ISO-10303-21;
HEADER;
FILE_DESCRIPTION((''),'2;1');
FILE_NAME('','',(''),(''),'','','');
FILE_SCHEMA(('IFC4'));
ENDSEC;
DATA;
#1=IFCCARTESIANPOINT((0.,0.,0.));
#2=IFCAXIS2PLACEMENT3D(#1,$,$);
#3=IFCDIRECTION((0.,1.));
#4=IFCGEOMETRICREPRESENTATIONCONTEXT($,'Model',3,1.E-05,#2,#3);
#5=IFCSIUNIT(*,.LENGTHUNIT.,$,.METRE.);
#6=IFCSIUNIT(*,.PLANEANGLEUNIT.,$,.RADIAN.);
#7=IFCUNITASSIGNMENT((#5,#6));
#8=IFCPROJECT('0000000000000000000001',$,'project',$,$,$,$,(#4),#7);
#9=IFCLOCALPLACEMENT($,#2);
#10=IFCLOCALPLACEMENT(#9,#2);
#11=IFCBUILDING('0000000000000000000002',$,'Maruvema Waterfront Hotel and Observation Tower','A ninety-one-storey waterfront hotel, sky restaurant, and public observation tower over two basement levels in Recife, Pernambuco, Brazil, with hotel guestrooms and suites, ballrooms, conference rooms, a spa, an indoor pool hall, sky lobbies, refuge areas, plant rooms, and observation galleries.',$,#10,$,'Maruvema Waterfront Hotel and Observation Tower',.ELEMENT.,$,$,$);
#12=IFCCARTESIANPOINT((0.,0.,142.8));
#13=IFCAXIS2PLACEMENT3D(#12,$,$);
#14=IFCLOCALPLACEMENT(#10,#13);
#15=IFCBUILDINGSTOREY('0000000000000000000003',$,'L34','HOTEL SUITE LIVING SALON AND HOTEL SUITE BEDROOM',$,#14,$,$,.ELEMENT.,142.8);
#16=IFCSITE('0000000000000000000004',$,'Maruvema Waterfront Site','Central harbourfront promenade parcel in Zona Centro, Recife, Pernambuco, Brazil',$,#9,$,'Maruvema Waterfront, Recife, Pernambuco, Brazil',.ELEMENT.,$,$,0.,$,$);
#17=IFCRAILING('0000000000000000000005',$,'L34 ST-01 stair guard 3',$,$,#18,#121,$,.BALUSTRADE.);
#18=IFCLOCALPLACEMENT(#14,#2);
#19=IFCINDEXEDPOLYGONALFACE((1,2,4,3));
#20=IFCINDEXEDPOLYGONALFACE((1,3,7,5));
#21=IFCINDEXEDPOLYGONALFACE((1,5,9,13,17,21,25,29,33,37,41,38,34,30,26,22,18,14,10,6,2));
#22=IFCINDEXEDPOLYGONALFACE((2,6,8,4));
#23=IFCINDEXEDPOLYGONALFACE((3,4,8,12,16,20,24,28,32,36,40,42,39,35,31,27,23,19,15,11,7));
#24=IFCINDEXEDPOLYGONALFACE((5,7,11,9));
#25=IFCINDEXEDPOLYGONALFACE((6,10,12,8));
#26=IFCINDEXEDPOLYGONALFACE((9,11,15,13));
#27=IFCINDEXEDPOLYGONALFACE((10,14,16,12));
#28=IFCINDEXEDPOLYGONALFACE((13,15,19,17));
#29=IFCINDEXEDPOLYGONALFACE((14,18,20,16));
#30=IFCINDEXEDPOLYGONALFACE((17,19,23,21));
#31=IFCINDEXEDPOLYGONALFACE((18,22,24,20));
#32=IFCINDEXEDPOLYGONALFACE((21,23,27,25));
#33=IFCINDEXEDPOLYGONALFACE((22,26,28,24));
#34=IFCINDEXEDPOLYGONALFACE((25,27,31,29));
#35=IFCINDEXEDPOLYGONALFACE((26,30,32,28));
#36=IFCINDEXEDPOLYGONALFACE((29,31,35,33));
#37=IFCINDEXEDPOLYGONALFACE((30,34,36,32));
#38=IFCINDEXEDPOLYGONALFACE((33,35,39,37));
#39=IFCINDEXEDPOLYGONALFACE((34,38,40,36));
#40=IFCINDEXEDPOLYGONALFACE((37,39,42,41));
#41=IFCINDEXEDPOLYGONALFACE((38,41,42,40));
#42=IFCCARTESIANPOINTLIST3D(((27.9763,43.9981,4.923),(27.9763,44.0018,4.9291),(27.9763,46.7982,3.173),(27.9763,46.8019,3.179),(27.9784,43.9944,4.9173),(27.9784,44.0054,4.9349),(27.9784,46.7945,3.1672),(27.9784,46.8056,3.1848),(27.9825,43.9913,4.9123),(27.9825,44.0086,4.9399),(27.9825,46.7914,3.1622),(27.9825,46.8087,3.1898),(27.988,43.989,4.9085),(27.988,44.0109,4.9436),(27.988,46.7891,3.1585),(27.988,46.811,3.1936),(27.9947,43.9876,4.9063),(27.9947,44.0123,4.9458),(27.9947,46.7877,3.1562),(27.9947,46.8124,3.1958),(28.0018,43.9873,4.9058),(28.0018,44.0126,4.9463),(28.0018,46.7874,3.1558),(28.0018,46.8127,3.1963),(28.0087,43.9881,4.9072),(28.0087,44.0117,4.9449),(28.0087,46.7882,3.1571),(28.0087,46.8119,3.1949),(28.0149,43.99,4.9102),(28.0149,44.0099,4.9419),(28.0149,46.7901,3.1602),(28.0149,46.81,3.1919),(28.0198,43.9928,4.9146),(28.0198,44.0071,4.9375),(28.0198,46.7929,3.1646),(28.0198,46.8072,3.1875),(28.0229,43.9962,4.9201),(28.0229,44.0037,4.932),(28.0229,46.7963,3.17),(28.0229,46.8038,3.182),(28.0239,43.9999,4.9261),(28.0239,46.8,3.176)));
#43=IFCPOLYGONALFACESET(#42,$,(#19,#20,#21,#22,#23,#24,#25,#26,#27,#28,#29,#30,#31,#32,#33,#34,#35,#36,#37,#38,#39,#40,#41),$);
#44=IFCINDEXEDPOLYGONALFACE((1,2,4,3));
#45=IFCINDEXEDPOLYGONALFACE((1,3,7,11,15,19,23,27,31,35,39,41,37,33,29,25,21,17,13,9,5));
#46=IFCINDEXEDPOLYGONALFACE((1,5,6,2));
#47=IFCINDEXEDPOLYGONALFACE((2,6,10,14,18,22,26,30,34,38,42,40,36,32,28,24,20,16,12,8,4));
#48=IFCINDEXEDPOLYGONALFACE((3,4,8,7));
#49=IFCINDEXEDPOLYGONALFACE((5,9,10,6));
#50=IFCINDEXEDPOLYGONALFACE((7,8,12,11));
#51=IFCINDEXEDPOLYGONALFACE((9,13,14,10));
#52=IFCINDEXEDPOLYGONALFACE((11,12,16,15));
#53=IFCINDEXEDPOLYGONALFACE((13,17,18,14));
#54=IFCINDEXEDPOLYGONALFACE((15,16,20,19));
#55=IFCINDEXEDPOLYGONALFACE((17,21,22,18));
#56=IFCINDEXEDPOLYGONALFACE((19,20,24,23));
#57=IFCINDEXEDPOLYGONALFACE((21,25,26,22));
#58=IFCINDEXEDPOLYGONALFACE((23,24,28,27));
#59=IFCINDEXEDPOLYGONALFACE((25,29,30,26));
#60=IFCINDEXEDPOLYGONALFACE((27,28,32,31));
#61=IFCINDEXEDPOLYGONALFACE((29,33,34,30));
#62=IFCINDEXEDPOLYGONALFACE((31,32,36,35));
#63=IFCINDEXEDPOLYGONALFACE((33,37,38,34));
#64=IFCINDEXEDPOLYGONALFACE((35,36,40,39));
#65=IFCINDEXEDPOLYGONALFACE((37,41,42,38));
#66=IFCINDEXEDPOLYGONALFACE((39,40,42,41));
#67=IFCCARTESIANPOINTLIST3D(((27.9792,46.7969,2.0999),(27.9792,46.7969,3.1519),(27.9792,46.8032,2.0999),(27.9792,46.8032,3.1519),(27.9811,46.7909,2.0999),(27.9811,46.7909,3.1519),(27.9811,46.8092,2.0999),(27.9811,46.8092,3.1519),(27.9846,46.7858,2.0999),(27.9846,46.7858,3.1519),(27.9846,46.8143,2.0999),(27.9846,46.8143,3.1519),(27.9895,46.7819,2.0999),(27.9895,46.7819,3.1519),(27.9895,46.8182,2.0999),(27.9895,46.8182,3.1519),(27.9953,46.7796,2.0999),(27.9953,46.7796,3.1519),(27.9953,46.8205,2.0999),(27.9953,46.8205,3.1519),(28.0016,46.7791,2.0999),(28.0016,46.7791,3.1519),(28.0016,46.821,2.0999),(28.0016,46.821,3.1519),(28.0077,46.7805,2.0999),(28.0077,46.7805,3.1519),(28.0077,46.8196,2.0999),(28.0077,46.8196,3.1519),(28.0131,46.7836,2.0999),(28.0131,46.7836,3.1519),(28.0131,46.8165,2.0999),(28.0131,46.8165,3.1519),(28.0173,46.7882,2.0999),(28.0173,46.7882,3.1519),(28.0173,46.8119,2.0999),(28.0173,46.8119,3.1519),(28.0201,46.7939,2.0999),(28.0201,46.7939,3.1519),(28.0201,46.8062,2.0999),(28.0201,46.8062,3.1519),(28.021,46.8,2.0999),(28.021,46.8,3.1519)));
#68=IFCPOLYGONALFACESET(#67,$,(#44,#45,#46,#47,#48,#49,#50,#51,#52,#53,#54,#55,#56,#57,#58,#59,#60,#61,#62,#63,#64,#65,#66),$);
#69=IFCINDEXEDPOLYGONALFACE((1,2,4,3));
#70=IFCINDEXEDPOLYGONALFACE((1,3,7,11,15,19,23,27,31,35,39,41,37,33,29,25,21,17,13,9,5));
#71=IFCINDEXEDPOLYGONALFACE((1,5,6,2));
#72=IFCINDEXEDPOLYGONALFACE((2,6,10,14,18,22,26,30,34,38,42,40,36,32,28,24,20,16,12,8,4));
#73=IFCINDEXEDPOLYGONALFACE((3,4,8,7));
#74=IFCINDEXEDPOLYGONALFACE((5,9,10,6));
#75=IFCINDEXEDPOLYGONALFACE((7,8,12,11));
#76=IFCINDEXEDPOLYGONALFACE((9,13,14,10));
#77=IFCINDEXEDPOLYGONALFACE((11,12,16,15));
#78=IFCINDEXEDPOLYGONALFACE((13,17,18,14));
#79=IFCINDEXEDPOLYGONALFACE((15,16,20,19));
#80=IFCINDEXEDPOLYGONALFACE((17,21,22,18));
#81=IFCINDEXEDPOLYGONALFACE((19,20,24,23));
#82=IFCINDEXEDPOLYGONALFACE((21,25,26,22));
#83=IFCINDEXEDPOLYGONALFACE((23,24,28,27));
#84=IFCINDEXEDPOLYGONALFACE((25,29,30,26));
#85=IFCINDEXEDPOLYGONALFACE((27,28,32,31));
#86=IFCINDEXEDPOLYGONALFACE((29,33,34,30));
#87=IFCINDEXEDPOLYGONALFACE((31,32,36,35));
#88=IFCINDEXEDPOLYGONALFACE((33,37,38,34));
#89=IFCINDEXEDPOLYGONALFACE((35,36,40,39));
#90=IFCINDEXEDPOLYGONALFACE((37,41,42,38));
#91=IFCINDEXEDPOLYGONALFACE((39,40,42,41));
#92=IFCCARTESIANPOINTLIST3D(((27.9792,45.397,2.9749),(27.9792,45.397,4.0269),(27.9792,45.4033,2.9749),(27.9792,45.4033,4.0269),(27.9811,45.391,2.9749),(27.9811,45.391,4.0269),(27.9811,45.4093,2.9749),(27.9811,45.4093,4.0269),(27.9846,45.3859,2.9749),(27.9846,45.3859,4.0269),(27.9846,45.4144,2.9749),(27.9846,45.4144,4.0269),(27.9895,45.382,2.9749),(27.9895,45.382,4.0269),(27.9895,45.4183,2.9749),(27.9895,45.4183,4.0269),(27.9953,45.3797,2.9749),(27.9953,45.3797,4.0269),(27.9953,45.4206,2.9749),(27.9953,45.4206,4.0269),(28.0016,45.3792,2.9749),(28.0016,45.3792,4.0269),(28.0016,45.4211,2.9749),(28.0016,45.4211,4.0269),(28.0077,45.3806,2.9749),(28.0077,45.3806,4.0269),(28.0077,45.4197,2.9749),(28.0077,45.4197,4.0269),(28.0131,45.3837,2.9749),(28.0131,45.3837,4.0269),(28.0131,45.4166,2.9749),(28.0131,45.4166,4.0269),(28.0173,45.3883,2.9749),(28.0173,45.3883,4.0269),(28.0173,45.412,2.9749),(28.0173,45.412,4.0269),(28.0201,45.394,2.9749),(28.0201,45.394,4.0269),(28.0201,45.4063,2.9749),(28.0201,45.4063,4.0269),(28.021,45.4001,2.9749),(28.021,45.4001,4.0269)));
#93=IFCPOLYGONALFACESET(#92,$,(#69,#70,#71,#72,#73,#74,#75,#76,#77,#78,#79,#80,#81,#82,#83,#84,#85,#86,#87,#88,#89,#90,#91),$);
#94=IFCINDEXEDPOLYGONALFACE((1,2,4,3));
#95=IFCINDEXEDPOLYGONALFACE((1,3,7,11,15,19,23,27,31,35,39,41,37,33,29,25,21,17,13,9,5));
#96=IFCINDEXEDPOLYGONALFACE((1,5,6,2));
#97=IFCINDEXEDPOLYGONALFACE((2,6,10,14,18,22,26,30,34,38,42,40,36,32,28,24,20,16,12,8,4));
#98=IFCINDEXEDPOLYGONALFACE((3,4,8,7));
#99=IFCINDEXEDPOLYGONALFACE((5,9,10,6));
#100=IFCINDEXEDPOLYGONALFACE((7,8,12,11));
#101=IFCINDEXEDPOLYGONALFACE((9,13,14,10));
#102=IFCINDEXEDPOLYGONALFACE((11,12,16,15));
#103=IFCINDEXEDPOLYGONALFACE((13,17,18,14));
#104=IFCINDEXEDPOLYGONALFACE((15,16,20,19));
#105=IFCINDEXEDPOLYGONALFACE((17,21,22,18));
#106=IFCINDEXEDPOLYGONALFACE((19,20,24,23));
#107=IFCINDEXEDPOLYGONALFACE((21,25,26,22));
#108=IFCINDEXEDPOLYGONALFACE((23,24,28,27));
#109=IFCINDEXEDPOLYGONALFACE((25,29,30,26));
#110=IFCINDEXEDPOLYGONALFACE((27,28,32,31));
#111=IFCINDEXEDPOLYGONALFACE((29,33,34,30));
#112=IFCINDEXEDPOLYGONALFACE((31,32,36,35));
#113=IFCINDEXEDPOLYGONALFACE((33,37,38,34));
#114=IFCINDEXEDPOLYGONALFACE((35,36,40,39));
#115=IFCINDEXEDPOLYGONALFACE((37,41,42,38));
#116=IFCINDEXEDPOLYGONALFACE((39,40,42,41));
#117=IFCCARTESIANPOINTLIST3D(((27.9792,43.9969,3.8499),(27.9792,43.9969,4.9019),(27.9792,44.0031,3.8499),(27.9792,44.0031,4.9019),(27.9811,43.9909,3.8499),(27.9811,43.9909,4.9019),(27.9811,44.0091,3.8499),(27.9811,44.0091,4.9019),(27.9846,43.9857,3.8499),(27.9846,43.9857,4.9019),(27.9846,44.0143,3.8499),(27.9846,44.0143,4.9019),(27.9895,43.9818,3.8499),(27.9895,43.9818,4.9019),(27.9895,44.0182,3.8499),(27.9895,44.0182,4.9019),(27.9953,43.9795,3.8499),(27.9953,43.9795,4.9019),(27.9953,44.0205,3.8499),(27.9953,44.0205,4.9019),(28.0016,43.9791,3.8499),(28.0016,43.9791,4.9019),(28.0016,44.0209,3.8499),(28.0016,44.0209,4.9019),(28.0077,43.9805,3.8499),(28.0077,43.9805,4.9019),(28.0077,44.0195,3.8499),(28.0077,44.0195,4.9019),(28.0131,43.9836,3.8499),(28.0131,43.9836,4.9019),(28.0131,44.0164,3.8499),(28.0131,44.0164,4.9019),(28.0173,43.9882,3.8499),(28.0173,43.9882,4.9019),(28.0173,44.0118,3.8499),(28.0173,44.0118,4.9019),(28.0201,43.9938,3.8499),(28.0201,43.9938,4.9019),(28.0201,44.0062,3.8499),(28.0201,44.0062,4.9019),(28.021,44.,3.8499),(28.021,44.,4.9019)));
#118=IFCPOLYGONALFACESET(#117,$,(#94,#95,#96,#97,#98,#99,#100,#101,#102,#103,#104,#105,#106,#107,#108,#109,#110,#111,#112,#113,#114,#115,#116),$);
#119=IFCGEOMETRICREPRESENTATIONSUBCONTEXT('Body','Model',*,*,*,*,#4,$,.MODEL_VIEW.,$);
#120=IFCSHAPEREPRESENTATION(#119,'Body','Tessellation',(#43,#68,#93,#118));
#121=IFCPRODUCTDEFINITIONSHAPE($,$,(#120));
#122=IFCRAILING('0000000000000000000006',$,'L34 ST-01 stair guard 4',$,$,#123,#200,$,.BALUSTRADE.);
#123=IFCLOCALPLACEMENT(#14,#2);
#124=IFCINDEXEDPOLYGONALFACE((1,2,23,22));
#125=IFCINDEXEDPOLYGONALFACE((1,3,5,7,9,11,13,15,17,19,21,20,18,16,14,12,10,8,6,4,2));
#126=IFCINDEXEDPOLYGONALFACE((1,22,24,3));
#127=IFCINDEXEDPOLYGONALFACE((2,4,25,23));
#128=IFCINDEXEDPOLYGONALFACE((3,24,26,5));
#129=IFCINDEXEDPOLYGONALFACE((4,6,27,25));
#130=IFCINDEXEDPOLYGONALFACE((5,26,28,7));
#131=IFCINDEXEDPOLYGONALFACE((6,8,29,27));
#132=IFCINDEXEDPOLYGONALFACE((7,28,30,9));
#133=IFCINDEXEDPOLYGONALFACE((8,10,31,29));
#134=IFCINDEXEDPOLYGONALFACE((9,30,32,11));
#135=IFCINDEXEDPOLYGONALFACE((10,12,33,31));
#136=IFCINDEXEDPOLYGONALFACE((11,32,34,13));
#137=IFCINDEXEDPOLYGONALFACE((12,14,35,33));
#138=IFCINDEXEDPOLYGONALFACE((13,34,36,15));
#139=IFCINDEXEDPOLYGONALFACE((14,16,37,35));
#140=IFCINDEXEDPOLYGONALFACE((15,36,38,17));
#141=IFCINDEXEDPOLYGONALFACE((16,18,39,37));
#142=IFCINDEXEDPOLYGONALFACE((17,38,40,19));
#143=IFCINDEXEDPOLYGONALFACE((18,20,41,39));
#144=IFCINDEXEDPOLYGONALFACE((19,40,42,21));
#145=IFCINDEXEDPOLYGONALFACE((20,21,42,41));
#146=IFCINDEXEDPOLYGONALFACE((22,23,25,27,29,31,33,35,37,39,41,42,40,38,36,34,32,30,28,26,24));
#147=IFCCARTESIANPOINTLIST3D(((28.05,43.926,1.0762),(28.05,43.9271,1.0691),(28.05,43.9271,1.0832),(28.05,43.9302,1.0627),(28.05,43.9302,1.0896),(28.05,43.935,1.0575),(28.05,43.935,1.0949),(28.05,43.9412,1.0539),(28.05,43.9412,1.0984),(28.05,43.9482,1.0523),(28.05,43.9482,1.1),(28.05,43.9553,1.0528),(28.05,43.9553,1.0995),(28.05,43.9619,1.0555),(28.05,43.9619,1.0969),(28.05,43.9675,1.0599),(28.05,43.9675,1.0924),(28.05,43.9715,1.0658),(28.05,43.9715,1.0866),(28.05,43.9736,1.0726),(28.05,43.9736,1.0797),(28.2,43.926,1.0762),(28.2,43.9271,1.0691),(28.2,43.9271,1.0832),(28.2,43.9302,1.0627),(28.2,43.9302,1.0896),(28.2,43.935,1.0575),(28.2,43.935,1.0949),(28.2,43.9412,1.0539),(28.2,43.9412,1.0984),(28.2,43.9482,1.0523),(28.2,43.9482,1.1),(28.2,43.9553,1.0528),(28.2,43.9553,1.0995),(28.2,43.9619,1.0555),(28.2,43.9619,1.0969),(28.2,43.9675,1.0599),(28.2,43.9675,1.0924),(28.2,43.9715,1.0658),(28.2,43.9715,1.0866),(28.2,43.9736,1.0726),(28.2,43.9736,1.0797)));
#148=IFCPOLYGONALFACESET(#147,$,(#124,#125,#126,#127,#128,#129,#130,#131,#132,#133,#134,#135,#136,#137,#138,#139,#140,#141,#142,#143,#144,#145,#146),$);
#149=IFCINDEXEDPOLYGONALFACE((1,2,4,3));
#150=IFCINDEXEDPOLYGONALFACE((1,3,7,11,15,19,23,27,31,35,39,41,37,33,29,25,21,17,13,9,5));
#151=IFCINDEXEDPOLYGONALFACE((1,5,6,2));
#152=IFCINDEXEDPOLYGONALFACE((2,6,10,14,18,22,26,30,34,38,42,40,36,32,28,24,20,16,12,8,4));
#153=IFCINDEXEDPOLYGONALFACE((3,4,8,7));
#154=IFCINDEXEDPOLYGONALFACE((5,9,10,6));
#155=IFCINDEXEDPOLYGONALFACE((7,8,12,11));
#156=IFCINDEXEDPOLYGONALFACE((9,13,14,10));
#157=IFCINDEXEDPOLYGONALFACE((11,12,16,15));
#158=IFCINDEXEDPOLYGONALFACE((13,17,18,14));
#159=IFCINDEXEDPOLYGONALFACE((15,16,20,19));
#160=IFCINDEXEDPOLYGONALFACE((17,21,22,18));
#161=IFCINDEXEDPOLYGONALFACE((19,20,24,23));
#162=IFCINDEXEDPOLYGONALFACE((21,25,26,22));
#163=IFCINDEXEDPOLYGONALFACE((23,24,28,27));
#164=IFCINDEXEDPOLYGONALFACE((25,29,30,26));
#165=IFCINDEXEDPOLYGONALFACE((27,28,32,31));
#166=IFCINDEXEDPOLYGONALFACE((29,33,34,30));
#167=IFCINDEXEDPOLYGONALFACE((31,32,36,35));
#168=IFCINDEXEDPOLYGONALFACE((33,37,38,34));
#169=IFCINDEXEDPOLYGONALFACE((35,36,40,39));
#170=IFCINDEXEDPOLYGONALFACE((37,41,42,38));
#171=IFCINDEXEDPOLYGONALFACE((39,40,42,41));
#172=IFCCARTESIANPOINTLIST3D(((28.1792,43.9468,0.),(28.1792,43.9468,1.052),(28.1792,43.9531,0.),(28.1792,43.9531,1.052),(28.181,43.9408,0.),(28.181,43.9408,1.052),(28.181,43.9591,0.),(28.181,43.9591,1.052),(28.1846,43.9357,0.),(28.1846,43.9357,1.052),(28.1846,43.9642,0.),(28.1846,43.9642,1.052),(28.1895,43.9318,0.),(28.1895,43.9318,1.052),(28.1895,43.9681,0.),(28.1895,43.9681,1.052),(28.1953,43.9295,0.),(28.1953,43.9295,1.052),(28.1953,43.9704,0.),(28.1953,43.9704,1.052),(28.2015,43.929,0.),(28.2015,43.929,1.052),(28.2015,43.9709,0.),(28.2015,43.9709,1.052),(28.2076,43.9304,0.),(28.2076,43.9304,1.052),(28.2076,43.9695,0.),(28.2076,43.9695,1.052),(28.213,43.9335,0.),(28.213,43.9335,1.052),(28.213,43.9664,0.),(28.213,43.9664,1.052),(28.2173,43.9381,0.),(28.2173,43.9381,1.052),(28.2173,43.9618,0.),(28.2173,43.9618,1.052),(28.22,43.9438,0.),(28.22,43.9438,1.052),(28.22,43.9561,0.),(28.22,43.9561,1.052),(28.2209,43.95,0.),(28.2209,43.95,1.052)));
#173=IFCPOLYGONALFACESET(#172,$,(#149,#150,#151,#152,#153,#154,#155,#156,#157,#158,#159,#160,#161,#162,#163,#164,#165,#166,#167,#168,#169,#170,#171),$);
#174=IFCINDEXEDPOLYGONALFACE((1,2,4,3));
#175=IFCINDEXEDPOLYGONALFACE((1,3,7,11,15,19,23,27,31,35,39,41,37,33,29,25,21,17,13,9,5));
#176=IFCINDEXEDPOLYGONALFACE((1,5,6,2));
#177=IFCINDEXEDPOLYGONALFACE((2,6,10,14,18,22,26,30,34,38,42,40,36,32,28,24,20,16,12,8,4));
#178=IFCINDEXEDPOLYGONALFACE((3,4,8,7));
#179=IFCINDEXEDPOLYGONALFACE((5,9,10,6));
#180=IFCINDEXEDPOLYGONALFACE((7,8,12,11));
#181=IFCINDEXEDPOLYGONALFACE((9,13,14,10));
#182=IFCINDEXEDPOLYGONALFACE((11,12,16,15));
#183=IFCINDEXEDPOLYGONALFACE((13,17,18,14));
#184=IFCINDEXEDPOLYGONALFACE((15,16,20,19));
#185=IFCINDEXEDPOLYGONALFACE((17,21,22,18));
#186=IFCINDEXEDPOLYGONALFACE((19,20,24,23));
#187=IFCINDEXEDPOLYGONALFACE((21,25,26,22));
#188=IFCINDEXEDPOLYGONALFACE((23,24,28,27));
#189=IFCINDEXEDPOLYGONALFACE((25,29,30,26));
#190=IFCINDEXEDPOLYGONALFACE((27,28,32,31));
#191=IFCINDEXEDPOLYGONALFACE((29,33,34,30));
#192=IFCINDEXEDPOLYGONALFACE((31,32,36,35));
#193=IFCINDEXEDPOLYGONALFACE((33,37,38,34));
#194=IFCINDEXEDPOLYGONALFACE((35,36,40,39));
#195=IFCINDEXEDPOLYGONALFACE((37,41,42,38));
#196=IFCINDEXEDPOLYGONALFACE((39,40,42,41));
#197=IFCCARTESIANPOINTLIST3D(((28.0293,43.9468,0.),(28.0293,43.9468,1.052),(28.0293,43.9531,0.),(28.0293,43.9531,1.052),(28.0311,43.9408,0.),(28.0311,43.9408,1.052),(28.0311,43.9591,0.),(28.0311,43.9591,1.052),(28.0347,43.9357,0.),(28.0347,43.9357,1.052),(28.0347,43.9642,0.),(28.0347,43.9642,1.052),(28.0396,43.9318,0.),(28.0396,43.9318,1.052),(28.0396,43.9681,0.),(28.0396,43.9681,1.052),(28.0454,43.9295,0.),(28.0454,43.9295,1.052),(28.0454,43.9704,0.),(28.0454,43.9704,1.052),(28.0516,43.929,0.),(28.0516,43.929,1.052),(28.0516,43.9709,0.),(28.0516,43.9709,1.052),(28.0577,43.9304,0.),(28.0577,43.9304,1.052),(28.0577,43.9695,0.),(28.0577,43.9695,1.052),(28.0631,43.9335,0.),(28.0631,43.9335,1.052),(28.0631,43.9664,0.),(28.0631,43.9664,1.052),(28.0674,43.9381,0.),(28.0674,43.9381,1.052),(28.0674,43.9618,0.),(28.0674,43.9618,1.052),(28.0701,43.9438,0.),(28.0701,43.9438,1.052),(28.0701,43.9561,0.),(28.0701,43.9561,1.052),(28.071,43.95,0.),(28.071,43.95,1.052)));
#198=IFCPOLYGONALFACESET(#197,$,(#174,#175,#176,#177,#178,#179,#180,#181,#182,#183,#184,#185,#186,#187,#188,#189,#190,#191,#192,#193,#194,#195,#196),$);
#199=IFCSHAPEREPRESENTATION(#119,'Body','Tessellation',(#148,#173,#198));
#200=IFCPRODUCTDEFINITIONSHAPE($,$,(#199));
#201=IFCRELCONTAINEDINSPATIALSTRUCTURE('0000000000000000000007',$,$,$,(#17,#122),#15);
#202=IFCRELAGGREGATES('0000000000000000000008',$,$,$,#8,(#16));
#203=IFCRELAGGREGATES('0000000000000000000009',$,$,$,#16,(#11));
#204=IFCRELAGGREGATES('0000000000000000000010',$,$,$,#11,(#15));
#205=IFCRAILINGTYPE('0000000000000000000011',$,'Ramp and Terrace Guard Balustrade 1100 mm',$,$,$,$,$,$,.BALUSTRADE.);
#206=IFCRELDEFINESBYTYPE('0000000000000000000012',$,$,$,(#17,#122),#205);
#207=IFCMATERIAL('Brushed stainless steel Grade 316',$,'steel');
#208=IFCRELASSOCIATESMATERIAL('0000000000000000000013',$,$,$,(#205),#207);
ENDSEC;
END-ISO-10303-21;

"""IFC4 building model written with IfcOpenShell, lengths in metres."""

from ifc_helpers import new_model, si_unit, direction, frame, origin, origin_2d, place, context, subcontext, project, spatial, circle, extrude, material, type_object, element, save


model = new_model("IFC4")

# Units and contexts
model_context = context("Model", 3, precision=1e-05, world=origin(), true_north=direction((0.0, 1.0)))
body_context = subcontext(model_context, "Body", "Model", "MODEL_VIEW")
ifc_project = project(units=[si_unit("LENGTHUNIT", "METRE"), si_unit("PLANEANGLEUNIT", "RADIAN")], contexts=[model_context])

# Site, building, storey
site_placement = place(None, origin())
site = spatial("IfcSite", under=ifc_project, at=site_placement, Name="Maruvema Waterfront Site", Description="Central harbourfront promenade parcel in Zona Centro, Recife, Pernambuco, Brazil", LongName="Maruvema Waterfront, Recife, Pernambuco, Brazil", CompositionType="ELEMENT", RefElevation=0.0)
building_placement = place(site_placement, origin())
building = spatial("IfcBuilding", under=site, at=building_placement, Name="Maruvema Waterfront Hotel and Observation Tower", Description="A ninety-one-storey waterfront hotel, sky restaurant, and public observation tower over two basement levels in Recife, Pernambuco, Brazil, with hotel guestrooms and suites, ballrooms, conference rooms, a spa, an indoor pool hall, sky lobbies, refuge areas, plant rooms, and observation galleries.", LongName="Maruvema Waterfront Hotel and Observation Tower", CompositionType="ELEMENT")
storey_placement = place(building_placement, frame((0.0, 0.0, 142.8)))
storey = spatial("IfcBuildingStorey", under=building, at=storey_placement, Name="L34", Description="HOTEL SUITE LIVING SALON AND HOTEL SUITE BEDROOM", CompositionType="ELEMENT", Elevation=142.8)

# Railings
ifc_material_1 = material(Name="Brushed stainless steel Grade 316", Category="steel")
railing_type_1 = type_object("IfcRailingType", Name="Ramp and Terrace Guard Balustrade 1100 mm", PredefinedType="BALUSTRADE", material=ifc_material_1)
railing_1_placement = place(storey_placement, frame((28.0, 46.8, 2.0999)))
element("IfcRailing", 1, at=railing_1_placement, inside=storey, type_object=railing_type_1, Name="L34 ST-01 stair guard 3", PredefinedType="BALUSTRADE", context=body_context, shape_type="SweptSolid", body=[
    extrude(circle(Radius=0.0239, at=origin_2d()), frame((0.0, 0.0, 1.0762), z_axis=(0.0, -0.848002, 0.529992), x_axis=(1.0, 0.0, 0.0)), (0.0, 0.0, 1.0), 3.302),
    extrude(circle(Radius=0.021, at=origin_2d()), origin(), (0.0, 0.0, 1.0), 1.052),
    extrude(circle(Radius=0.021, at=origin_2d()), frame((0.0, -1.3999, 0.875)), (0.0, 0.0, 1.0), 1.052),
    extrude(circle(Radius=0.021, at=origin_2d()), frame((0.0, -2.8, 1.75)), (0.0, 0.0, 1.0), 1.052),
])
railing_2_placement = place(storey_placement, frame((28.2, 43.95, 0.0)))
element("IfcRailing", 2, at=railing_2_placement, inside=storey, type_object=railing_type_1, Name="L34 ST-01 stair guard 4", PredefinedType="BALUSTRADE", context=body_context, shape_type="SweptSolid", body=[
    extrude(circle(Radius=0.0239, at=origin_2d()), frame((0.0, 0.0, 1.0762), z_axis=(-1.0, 0.0, 0.0), x_axis=(0.0, -1.0, 0.0)), (0.0, 0.0, 1.0), 0.1499),
    extrude(circle(Radius=0.021, at=origin_2d()), origin(), (0.0, 0.0, 1.0), 1.052),
    extrude(circle(Radius=0.021, at=origin_2d()), frame((-0.1499, 0.0, 0.0)), (0.0, 0.0, 1.0), 1.052),
])

save(model, "model.ifc")
